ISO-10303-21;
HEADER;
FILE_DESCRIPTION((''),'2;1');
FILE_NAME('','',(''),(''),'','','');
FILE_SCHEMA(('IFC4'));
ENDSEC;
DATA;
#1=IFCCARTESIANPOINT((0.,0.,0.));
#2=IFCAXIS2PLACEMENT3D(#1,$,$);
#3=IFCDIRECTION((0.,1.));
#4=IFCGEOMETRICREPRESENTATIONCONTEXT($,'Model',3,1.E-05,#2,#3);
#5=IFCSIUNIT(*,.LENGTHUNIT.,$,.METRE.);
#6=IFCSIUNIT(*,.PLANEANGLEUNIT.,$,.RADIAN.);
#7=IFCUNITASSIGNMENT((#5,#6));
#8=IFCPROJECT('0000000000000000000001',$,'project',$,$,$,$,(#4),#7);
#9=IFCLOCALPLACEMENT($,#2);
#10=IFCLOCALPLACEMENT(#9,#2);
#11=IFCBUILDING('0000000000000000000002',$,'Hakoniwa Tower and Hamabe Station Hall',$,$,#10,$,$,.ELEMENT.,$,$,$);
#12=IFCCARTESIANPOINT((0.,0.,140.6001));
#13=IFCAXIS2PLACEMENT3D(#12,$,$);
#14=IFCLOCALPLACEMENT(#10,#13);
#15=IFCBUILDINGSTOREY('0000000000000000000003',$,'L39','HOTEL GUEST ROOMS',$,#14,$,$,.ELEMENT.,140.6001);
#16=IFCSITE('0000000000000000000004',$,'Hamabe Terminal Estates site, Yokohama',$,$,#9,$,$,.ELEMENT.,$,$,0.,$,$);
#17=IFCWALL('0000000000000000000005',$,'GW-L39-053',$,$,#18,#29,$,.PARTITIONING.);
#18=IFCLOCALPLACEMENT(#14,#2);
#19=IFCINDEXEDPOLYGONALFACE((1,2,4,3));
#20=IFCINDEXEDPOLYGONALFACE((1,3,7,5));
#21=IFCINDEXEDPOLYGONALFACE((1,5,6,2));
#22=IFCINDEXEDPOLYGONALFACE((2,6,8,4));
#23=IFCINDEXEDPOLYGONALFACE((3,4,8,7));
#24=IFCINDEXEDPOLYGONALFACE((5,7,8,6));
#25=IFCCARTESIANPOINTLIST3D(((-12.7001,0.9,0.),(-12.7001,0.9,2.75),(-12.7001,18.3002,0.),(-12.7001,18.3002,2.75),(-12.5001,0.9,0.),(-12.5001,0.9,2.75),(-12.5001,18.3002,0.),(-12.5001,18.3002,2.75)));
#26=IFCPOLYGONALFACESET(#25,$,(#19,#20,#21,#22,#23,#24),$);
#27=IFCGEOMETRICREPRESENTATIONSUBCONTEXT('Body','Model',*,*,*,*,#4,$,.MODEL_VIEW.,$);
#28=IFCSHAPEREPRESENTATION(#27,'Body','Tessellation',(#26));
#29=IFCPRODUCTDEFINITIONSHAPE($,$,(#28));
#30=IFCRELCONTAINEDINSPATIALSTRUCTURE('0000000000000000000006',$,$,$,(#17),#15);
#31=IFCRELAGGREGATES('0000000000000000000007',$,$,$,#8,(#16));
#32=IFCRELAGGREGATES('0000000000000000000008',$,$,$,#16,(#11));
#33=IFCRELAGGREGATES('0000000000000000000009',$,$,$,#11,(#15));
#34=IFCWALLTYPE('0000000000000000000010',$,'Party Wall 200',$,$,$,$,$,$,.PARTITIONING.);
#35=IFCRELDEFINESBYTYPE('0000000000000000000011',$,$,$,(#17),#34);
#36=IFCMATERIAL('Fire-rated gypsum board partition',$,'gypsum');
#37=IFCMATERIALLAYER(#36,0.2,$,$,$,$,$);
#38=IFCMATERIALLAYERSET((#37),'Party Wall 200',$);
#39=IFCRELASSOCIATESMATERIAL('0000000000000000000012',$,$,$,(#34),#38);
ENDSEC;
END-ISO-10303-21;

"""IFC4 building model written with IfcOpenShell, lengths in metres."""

from ifc_helpers import new_model, si_unit, direction, frame, frame_2d, origin, place, context, subcontext, project, spatial, rectangle, extrude, material, layer, layer_set, type_object, element, save


model = new_model("IFC4")

# Units and contexts
model_context = context("Model", 3, precision=1e-05, world=origin(), true_north=direction((0.0, 1.0)))
body_context = subcontext(model_context, "Body", "Model", "MODEL_VIEW")
ifc_project = project(units=[si_unit("LENGTHUNIT", "METRE"), si_unit("PLANEANGLEUNIT", "RADIAN")], contexts=[model_context])

# Site, building, storey
site_placement = place(None, origin())
site = spatial("IfcSite", under=ifc_project, at=site_placement, Name="Hamabe Terminal Estates site, Yokohama", CompositionType="ELEMENT", RefElevation=0.0)
building_placement = place(site_placement, origin())
building = spatial("IfcBuilding", under=site, at=building_placement, Name="Hakoniwa Tower and Hamabe Station Hall", CompositionType="ELEMENT")
storey_placement = place(building_placement, frame((0.0, 0.0, 140.6001)))
storey = spatial("IfcBuildingStorey", under=building, at=storey_placement, Name="L39", Description="HOTEL GUEST ROOMS", CompositionType="ELEMENT", Elevation=140.6001)

# Wall
ifc_material_1 = material(Name="Fire-rated gypsum board partition", Category="gypsum")
ifc_layer_1 = layer(ifc_material_1, 0.2)
ifc_layer_set_1 = layer_set([ifc_layer_1], Name="Party Wall 200")
wall_type_1 = type_object("IfcWallType", Name="Party Wall 200", PredefinedType="PARTITIONING", material=ifc_layer_set_1)
wall_1_placement = place(storey_placement, frame((-12.6001, 0.8999, 0.0), z_axis=(0.0, 0.0, 1.0), x_axis=(0.0, 1.0, 0.0)))
element("IfcWall", 1, at=wall_1_placement, inside=storey, type_object=wall_type_1, Name="GW-L39-053", PredefinedType="PARTITIONING", context=body_context, shape_type="SweptSolid", body=[
    extrude(rectangle(XDim=17.4001, YDim=0.2, at=frame_2d((8.7002, 0.0))), origin(), (0.0, 0.0, 1.0), 2.75),
])

save(model, "model.ifc")
